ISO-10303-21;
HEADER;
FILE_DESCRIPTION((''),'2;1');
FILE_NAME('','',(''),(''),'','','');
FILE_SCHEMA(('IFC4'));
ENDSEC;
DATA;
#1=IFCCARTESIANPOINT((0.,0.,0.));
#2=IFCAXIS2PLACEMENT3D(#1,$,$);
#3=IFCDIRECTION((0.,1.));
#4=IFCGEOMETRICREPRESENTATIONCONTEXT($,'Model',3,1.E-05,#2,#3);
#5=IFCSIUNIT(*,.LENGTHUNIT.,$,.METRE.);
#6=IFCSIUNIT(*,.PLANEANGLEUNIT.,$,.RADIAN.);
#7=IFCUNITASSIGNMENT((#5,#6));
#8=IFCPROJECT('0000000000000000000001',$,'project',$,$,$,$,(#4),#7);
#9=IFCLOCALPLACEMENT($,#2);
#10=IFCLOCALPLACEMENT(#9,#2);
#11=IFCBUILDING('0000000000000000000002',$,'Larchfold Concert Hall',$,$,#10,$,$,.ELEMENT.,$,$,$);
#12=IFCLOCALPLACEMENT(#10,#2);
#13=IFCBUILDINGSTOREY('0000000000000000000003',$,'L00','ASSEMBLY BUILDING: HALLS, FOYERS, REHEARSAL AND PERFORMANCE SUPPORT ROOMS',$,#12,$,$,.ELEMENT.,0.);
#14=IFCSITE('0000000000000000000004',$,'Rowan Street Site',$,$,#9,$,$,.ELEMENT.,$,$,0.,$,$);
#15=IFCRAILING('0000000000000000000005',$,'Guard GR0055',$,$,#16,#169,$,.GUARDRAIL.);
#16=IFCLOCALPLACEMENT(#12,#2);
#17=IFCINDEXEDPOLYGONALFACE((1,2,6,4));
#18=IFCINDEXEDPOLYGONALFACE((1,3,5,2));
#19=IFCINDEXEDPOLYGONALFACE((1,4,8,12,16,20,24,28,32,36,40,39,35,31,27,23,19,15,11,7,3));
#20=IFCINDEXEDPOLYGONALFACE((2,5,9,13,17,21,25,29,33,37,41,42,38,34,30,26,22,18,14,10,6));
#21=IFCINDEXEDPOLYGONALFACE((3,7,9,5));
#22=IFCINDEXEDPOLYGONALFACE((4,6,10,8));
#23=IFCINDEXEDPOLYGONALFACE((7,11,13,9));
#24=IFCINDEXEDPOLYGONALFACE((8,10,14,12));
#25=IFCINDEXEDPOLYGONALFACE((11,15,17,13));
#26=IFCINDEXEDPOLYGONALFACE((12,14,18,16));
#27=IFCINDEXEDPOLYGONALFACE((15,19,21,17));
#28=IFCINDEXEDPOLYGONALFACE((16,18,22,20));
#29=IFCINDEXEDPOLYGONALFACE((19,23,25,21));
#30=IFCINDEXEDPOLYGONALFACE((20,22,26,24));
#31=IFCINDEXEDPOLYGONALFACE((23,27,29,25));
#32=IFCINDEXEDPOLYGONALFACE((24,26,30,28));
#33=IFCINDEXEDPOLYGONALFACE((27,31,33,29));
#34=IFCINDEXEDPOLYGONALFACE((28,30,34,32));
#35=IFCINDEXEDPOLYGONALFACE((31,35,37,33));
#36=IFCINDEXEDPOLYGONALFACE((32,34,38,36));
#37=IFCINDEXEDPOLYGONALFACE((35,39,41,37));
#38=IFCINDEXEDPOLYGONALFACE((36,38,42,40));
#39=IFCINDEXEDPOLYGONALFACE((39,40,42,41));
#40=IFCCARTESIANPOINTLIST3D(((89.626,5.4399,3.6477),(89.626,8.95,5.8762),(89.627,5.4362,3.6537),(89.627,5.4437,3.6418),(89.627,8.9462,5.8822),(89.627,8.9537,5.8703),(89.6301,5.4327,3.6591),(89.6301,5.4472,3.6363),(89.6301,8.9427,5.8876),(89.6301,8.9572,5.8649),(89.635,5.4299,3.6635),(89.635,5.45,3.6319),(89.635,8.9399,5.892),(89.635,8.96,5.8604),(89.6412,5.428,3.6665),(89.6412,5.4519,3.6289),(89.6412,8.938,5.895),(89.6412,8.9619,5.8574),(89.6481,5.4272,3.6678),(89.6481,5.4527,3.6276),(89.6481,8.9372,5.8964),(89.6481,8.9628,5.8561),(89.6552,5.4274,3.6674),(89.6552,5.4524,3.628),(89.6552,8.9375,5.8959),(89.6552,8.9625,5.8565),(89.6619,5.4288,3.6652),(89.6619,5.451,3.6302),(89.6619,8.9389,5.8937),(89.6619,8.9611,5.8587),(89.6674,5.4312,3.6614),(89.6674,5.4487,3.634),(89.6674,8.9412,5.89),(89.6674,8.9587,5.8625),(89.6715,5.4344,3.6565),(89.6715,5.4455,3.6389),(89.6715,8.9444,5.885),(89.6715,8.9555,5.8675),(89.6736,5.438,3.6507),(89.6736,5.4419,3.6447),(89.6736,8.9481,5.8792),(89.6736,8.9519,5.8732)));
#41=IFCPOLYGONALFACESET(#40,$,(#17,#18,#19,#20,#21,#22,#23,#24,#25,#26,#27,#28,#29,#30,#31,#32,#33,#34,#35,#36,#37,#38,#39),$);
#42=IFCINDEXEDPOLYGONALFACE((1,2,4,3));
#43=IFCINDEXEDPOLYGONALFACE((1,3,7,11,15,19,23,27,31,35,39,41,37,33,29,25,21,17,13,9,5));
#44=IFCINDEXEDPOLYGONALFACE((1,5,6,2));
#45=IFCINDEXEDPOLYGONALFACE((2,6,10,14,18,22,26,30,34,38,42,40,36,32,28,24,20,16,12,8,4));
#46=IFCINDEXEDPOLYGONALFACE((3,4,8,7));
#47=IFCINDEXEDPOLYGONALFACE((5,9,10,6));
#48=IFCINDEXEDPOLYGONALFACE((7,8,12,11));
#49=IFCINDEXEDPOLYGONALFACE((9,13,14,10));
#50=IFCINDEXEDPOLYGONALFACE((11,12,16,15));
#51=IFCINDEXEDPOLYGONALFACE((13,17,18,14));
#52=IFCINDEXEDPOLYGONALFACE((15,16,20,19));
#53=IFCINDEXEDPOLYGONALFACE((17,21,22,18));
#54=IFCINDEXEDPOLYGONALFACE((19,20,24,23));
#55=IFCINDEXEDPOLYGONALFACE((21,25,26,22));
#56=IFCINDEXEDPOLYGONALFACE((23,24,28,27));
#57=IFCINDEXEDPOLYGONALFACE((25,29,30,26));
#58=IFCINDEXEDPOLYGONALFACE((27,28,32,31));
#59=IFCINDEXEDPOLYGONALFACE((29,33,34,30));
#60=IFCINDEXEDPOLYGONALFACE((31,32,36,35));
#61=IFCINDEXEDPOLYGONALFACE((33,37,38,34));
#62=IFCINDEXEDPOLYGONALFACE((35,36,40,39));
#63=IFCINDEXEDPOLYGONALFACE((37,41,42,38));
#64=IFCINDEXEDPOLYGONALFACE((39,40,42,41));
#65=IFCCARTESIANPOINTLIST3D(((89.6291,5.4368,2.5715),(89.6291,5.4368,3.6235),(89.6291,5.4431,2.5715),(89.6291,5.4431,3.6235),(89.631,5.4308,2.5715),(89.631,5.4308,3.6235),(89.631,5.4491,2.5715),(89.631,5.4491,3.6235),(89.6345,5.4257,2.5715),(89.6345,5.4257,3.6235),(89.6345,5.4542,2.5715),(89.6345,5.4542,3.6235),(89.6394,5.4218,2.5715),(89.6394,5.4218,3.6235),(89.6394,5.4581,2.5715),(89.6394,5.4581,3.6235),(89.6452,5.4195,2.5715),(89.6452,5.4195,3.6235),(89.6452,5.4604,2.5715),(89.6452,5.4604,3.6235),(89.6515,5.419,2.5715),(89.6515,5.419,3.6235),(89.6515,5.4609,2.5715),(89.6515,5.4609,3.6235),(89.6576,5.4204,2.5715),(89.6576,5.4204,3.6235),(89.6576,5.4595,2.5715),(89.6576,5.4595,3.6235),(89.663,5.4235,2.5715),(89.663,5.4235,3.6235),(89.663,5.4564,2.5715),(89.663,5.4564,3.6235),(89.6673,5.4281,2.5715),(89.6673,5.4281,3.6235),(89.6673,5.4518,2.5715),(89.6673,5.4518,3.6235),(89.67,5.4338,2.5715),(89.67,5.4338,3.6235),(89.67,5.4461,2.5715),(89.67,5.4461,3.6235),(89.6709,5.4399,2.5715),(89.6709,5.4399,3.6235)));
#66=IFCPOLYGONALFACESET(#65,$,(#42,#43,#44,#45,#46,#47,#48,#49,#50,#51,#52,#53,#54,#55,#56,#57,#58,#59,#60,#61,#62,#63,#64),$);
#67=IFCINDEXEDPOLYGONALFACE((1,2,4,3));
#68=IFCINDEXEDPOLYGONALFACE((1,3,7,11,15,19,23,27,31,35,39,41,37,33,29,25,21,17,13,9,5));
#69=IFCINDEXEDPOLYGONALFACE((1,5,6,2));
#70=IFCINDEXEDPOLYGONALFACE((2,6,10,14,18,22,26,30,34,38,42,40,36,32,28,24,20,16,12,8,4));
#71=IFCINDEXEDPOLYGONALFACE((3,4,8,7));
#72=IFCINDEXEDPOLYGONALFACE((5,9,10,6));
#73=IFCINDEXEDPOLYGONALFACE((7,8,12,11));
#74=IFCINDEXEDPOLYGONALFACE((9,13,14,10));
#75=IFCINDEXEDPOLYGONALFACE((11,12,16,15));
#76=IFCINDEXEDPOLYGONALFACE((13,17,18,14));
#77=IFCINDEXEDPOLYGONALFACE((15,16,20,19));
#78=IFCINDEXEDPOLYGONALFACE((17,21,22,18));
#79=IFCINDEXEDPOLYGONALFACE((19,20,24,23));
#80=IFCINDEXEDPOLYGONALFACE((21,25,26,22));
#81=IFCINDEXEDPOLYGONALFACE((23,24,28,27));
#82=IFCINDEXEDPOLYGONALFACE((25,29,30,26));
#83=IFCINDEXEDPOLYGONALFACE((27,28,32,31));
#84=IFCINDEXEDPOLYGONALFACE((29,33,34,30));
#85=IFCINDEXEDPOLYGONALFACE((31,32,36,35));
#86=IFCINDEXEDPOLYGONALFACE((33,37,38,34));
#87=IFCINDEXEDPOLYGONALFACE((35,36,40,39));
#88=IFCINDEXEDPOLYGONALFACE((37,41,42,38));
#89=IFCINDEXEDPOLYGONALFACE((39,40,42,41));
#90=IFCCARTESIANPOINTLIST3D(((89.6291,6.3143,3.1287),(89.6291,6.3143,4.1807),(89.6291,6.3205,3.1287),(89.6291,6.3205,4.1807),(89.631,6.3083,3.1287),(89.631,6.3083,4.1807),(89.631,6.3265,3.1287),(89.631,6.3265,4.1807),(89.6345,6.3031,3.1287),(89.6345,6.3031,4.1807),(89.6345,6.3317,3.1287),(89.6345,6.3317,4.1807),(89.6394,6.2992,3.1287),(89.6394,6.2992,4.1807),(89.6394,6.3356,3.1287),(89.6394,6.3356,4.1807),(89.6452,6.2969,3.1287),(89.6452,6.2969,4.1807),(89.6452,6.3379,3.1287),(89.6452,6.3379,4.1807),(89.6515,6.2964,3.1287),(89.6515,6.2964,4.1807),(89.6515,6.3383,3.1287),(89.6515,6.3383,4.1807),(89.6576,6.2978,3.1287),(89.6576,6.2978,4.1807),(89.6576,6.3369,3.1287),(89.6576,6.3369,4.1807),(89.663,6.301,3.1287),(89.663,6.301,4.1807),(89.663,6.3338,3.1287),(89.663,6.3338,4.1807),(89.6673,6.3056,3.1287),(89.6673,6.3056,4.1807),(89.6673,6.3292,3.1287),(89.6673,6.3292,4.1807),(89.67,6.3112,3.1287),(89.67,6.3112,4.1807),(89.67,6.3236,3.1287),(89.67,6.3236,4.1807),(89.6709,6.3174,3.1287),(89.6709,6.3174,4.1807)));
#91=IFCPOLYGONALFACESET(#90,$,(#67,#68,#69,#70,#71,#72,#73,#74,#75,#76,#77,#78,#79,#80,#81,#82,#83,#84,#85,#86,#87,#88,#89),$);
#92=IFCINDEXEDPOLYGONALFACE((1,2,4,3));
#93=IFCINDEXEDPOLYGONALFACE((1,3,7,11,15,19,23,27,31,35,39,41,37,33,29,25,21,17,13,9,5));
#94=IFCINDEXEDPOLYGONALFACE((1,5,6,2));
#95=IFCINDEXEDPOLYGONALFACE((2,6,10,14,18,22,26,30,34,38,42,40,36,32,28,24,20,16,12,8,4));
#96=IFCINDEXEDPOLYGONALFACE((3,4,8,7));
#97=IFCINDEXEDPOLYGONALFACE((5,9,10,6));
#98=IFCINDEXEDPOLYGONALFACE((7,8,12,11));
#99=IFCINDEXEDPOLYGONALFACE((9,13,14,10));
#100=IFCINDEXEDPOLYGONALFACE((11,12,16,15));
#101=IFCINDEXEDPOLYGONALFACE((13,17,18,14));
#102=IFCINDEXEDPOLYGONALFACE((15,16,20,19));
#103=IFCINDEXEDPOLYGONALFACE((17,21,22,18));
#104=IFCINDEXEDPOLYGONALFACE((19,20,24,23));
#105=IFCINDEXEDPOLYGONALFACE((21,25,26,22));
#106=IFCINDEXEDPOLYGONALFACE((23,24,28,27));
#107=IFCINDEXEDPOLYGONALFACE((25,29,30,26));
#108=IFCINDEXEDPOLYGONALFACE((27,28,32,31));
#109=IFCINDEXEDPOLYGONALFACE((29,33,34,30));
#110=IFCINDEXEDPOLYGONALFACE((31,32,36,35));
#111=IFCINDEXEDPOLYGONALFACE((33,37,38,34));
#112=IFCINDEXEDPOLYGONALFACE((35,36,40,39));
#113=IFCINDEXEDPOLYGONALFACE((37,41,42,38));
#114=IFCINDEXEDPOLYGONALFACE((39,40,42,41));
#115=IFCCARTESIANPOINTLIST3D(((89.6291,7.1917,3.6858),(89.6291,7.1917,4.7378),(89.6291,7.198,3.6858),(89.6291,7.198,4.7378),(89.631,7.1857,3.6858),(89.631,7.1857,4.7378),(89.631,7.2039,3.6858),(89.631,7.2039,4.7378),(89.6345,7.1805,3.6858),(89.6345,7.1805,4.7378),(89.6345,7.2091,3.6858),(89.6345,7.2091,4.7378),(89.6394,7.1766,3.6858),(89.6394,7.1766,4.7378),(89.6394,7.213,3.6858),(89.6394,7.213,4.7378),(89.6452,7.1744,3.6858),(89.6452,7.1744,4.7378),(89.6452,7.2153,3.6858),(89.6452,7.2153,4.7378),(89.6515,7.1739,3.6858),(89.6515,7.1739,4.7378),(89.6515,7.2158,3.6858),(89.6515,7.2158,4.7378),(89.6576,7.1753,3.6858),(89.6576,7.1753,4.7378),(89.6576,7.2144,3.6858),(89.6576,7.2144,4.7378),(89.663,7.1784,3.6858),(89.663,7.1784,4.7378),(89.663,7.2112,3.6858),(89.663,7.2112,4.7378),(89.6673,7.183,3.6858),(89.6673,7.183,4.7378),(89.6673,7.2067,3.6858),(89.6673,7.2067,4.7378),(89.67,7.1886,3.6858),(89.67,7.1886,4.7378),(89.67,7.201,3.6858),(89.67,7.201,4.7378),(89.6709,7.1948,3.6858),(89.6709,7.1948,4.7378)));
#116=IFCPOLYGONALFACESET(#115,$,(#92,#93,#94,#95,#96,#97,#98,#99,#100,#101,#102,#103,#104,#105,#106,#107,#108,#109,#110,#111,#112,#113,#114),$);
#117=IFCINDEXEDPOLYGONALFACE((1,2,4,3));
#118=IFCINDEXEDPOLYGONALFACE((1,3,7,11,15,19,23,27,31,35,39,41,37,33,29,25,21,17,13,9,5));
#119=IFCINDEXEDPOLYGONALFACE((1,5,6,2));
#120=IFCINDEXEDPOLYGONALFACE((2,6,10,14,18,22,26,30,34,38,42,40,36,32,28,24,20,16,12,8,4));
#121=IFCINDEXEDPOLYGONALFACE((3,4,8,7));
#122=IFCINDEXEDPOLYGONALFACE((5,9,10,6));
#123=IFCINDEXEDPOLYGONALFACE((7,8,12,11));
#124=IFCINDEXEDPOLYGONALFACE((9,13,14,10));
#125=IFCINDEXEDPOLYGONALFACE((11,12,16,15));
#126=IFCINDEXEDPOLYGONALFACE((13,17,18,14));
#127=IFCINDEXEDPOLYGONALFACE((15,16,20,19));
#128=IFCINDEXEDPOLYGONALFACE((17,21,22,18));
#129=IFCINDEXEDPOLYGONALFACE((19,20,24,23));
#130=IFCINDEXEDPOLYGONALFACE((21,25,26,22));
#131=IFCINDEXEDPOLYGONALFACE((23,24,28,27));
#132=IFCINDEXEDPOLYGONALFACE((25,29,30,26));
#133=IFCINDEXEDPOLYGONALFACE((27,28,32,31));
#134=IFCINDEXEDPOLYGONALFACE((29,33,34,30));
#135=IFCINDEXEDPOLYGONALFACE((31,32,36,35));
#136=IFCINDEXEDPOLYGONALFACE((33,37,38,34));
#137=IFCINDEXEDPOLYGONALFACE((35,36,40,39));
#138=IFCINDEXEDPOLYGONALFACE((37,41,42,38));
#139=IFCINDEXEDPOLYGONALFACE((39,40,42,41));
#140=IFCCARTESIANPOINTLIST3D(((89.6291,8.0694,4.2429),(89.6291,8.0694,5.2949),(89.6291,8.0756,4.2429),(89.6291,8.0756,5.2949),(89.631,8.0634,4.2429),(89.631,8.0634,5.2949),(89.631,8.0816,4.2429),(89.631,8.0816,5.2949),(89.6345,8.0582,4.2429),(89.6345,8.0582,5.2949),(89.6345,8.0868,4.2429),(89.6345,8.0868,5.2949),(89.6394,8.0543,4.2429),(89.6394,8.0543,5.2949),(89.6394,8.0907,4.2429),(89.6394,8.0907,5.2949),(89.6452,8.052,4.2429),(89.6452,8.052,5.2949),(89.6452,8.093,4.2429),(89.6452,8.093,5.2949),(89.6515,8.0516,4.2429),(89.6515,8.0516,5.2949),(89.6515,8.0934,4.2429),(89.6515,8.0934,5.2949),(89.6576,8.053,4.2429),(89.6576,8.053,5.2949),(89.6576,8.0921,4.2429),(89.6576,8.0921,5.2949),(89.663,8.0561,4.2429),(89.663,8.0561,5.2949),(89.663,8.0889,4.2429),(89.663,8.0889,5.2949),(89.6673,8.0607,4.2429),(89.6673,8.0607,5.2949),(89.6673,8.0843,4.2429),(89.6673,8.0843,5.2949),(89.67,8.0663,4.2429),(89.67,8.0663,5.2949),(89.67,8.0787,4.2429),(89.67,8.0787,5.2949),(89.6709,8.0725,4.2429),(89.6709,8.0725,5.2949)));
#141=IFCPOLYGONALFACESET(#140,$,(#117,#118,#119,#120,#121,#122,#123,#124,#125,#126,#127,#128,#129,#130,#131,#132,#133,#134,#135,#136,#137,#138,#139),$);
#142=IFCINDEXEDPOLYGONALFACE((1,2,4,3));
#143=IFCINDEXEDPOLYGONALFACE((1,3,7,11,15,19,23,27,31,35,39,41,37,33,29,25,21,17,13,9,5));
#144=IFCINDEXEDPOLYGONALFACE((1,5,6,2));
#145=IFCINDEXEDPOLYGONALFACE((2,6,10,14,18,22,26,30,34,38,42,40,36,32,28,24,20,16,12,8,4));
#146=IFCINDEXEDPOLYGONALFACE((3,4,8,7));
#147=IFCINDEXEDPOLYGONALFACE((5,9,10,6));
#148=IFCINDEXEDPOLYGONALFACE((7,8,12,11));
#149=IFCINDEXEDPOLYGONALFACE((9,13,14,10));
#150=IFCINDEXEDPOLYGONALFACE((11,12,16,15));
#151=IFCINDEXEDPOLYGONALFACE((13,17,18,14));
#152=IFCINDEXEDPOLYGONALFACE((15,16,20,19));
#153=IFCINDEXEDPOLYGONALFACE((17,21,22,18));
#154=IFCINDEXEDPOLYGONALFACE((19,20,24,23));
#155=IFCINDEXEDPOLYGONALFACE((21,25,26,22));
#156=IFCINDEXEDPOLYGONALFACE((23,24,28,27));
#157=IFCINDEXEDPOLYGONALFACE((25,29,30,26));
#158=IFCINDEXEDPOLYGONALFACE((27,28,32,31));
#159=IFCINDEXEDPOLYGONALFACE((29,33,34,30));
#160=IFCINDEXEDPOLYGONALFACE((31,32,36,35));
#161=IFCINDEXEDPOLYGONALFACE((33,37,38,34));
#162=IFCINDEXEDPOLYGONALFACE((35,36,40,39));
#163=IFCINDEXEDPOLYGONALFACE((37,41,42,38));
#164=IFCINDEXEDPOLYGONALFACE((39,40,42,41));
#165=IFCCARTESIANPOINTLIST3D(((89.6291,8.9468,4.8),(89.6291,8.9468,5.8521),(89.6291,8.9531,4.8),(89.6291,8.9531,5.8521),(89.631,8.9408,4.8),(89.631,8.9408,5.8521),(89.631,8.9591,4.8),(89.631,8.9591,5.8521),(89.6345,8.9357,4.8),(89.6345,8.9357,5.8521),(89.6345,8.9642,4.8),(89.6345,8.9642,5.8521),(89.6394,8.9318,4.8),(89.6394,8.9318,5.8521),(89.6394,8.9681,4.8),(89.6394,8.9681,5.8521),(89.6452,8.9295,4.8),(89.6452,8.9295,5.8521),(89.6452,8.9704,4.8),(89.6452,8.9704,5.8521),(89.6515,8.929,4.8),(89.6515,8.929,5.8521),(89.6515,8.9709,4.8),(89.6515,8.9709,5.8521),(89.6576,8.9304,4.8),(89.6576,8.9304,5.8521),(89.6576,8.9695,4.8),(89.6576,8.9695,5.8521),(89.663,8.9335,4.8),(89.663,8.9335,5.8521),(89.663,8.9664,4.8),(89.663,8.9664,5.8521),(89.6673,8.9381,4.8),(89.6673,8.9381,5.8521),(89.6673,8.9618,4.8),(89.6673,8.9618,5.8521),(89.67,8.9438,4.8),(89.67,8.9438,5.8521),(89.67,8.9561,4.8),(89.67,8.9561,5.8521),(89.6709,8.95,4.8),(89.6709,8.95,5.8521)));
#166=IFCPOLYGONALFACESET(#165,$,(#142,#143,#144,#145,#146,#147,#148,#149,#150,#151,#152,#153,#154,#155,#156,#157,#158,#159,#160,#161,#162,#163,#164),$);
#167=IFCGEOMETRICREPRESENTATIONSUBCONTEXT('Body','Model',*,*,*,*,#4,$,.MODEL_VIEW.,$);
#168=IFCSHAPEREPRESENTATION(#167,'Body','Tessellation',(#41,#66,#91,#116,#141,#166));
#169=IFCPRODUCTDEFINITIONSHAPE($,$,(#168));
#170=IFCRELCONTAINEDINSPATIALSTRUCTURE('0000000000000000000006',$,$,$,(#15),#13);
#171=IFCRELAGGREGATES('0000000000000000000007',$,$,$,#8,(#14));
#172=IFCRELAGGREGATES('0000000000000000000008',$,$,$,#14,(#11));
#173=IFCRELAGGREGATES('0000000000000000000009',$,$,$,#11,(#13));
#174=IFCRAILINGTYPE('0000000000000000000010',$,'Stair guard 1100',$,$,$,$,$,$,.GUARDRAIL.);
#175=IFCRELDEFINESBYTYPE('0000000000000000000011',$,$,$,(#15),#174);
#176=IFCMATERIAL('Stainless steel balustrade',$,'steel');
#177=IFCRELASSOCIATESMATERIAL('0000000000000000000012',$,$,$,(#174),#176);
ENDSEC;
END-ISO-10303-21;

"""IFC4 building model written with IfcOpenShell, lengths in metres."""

from ifc_helpers import new_model, si_unit, direction, frame, origin, origin_2d, place, context, subcontext, project, spatial, circle, extrude, material, type_object, element, save


model = new_model("IFC4")

# Units and contexts
model_context = context("Model", 3, precision=1e-05, world=origin(), true_north=direction((0.0, 1.0)))
body_context = subcontext(model_context, "Body", "Model", "MODEL_VIEW")
ifc_project = project(units=[si_unit("LENGTHUNIT", "METRE"), si_unit("PLANEANGLEUNIT", "RADIAN")], contexts=[model_context])

# Site, building, storey
site_placement = place(None, origin())
site = spatial("IfcSite", under=ifc_project, at=site_placement, Name="Rowan Street Site", CompositionType="ELEMENT", RefElevation=0.0)
building_placement = place(site_placement, origin())
building = spatial("IfcBuilding", under=site, at=building_placement, Name="Larchfold Concert Hall", CompositionType="ELEMENT")
storey_placement = place(building_placement, origin())
storey = spatial("IfcBuildingStorey", under=building, at=storey_placement, Name="L00", Description="ASSEMBLY BUILDING: HALLS, FOYERS, REHEARSAL AND PERFORMANCE SUPPORT ROOMS", CompositionType="ELEMENT", Elevation=0.0)

# Railing
ifc_material_1 = material(Name="Stainless steel balustrade", Category="steel")
railing_type_1 = type_object("IfcRailingType", Name="Stair guard 1100", PredefinedType="GUARDRAIL", material=ifc_material_1)
railing_1_placement = place(storey_placement, frame((89.6499, 5.4399, 2.5715)))
element("IfcRailing", 1, at=railing_1_placement, inside=storey, type_object=railing_type_1, Name="Guard GR0055", PredefinedType="GUARDRAIL", context=body_context, shape_type="SweptSolid", body=[
    extrude(circle(Radius=0.0239, at=origin_2d()), frame((0.0, 0.0, 1.0762), z_axis=(0.0, 0.84422, 0.535998), x_axis=(-1.0, 0.0, 0.0)), (0.0, 0.0, 1.0), 4.1577),
    extrude(circle(Radius=0.021, at=origin_2d()), origin(), (0.0, 0.0, 1.0), 1.052),
    extrude(circle(Radius=0.021, at=origin_2d()), frame((0.0, 0.8774, 0.5571)), (0.0, 0.0, 1.0), 1.052),
    extrude(circle(Radius=0.021, at=origin_2d()), frame((0.0, 1.7549, 1.1143)), (0.0, 0.0, 1.0), 1.052),
    extrude(circle(Radius=0.021, at=origin_2d()), frame((0.0, 2.6326, 1.6714)), (0.0, 0.0, 1.0), 1.052),
    extrude(circle(Radius=0.021, at=origin_2d()), frame((0.0, 3.51, 2.2285)), (0.0, 0.0, 1.0), 1.052),
])

save(model, "model.ifc")
